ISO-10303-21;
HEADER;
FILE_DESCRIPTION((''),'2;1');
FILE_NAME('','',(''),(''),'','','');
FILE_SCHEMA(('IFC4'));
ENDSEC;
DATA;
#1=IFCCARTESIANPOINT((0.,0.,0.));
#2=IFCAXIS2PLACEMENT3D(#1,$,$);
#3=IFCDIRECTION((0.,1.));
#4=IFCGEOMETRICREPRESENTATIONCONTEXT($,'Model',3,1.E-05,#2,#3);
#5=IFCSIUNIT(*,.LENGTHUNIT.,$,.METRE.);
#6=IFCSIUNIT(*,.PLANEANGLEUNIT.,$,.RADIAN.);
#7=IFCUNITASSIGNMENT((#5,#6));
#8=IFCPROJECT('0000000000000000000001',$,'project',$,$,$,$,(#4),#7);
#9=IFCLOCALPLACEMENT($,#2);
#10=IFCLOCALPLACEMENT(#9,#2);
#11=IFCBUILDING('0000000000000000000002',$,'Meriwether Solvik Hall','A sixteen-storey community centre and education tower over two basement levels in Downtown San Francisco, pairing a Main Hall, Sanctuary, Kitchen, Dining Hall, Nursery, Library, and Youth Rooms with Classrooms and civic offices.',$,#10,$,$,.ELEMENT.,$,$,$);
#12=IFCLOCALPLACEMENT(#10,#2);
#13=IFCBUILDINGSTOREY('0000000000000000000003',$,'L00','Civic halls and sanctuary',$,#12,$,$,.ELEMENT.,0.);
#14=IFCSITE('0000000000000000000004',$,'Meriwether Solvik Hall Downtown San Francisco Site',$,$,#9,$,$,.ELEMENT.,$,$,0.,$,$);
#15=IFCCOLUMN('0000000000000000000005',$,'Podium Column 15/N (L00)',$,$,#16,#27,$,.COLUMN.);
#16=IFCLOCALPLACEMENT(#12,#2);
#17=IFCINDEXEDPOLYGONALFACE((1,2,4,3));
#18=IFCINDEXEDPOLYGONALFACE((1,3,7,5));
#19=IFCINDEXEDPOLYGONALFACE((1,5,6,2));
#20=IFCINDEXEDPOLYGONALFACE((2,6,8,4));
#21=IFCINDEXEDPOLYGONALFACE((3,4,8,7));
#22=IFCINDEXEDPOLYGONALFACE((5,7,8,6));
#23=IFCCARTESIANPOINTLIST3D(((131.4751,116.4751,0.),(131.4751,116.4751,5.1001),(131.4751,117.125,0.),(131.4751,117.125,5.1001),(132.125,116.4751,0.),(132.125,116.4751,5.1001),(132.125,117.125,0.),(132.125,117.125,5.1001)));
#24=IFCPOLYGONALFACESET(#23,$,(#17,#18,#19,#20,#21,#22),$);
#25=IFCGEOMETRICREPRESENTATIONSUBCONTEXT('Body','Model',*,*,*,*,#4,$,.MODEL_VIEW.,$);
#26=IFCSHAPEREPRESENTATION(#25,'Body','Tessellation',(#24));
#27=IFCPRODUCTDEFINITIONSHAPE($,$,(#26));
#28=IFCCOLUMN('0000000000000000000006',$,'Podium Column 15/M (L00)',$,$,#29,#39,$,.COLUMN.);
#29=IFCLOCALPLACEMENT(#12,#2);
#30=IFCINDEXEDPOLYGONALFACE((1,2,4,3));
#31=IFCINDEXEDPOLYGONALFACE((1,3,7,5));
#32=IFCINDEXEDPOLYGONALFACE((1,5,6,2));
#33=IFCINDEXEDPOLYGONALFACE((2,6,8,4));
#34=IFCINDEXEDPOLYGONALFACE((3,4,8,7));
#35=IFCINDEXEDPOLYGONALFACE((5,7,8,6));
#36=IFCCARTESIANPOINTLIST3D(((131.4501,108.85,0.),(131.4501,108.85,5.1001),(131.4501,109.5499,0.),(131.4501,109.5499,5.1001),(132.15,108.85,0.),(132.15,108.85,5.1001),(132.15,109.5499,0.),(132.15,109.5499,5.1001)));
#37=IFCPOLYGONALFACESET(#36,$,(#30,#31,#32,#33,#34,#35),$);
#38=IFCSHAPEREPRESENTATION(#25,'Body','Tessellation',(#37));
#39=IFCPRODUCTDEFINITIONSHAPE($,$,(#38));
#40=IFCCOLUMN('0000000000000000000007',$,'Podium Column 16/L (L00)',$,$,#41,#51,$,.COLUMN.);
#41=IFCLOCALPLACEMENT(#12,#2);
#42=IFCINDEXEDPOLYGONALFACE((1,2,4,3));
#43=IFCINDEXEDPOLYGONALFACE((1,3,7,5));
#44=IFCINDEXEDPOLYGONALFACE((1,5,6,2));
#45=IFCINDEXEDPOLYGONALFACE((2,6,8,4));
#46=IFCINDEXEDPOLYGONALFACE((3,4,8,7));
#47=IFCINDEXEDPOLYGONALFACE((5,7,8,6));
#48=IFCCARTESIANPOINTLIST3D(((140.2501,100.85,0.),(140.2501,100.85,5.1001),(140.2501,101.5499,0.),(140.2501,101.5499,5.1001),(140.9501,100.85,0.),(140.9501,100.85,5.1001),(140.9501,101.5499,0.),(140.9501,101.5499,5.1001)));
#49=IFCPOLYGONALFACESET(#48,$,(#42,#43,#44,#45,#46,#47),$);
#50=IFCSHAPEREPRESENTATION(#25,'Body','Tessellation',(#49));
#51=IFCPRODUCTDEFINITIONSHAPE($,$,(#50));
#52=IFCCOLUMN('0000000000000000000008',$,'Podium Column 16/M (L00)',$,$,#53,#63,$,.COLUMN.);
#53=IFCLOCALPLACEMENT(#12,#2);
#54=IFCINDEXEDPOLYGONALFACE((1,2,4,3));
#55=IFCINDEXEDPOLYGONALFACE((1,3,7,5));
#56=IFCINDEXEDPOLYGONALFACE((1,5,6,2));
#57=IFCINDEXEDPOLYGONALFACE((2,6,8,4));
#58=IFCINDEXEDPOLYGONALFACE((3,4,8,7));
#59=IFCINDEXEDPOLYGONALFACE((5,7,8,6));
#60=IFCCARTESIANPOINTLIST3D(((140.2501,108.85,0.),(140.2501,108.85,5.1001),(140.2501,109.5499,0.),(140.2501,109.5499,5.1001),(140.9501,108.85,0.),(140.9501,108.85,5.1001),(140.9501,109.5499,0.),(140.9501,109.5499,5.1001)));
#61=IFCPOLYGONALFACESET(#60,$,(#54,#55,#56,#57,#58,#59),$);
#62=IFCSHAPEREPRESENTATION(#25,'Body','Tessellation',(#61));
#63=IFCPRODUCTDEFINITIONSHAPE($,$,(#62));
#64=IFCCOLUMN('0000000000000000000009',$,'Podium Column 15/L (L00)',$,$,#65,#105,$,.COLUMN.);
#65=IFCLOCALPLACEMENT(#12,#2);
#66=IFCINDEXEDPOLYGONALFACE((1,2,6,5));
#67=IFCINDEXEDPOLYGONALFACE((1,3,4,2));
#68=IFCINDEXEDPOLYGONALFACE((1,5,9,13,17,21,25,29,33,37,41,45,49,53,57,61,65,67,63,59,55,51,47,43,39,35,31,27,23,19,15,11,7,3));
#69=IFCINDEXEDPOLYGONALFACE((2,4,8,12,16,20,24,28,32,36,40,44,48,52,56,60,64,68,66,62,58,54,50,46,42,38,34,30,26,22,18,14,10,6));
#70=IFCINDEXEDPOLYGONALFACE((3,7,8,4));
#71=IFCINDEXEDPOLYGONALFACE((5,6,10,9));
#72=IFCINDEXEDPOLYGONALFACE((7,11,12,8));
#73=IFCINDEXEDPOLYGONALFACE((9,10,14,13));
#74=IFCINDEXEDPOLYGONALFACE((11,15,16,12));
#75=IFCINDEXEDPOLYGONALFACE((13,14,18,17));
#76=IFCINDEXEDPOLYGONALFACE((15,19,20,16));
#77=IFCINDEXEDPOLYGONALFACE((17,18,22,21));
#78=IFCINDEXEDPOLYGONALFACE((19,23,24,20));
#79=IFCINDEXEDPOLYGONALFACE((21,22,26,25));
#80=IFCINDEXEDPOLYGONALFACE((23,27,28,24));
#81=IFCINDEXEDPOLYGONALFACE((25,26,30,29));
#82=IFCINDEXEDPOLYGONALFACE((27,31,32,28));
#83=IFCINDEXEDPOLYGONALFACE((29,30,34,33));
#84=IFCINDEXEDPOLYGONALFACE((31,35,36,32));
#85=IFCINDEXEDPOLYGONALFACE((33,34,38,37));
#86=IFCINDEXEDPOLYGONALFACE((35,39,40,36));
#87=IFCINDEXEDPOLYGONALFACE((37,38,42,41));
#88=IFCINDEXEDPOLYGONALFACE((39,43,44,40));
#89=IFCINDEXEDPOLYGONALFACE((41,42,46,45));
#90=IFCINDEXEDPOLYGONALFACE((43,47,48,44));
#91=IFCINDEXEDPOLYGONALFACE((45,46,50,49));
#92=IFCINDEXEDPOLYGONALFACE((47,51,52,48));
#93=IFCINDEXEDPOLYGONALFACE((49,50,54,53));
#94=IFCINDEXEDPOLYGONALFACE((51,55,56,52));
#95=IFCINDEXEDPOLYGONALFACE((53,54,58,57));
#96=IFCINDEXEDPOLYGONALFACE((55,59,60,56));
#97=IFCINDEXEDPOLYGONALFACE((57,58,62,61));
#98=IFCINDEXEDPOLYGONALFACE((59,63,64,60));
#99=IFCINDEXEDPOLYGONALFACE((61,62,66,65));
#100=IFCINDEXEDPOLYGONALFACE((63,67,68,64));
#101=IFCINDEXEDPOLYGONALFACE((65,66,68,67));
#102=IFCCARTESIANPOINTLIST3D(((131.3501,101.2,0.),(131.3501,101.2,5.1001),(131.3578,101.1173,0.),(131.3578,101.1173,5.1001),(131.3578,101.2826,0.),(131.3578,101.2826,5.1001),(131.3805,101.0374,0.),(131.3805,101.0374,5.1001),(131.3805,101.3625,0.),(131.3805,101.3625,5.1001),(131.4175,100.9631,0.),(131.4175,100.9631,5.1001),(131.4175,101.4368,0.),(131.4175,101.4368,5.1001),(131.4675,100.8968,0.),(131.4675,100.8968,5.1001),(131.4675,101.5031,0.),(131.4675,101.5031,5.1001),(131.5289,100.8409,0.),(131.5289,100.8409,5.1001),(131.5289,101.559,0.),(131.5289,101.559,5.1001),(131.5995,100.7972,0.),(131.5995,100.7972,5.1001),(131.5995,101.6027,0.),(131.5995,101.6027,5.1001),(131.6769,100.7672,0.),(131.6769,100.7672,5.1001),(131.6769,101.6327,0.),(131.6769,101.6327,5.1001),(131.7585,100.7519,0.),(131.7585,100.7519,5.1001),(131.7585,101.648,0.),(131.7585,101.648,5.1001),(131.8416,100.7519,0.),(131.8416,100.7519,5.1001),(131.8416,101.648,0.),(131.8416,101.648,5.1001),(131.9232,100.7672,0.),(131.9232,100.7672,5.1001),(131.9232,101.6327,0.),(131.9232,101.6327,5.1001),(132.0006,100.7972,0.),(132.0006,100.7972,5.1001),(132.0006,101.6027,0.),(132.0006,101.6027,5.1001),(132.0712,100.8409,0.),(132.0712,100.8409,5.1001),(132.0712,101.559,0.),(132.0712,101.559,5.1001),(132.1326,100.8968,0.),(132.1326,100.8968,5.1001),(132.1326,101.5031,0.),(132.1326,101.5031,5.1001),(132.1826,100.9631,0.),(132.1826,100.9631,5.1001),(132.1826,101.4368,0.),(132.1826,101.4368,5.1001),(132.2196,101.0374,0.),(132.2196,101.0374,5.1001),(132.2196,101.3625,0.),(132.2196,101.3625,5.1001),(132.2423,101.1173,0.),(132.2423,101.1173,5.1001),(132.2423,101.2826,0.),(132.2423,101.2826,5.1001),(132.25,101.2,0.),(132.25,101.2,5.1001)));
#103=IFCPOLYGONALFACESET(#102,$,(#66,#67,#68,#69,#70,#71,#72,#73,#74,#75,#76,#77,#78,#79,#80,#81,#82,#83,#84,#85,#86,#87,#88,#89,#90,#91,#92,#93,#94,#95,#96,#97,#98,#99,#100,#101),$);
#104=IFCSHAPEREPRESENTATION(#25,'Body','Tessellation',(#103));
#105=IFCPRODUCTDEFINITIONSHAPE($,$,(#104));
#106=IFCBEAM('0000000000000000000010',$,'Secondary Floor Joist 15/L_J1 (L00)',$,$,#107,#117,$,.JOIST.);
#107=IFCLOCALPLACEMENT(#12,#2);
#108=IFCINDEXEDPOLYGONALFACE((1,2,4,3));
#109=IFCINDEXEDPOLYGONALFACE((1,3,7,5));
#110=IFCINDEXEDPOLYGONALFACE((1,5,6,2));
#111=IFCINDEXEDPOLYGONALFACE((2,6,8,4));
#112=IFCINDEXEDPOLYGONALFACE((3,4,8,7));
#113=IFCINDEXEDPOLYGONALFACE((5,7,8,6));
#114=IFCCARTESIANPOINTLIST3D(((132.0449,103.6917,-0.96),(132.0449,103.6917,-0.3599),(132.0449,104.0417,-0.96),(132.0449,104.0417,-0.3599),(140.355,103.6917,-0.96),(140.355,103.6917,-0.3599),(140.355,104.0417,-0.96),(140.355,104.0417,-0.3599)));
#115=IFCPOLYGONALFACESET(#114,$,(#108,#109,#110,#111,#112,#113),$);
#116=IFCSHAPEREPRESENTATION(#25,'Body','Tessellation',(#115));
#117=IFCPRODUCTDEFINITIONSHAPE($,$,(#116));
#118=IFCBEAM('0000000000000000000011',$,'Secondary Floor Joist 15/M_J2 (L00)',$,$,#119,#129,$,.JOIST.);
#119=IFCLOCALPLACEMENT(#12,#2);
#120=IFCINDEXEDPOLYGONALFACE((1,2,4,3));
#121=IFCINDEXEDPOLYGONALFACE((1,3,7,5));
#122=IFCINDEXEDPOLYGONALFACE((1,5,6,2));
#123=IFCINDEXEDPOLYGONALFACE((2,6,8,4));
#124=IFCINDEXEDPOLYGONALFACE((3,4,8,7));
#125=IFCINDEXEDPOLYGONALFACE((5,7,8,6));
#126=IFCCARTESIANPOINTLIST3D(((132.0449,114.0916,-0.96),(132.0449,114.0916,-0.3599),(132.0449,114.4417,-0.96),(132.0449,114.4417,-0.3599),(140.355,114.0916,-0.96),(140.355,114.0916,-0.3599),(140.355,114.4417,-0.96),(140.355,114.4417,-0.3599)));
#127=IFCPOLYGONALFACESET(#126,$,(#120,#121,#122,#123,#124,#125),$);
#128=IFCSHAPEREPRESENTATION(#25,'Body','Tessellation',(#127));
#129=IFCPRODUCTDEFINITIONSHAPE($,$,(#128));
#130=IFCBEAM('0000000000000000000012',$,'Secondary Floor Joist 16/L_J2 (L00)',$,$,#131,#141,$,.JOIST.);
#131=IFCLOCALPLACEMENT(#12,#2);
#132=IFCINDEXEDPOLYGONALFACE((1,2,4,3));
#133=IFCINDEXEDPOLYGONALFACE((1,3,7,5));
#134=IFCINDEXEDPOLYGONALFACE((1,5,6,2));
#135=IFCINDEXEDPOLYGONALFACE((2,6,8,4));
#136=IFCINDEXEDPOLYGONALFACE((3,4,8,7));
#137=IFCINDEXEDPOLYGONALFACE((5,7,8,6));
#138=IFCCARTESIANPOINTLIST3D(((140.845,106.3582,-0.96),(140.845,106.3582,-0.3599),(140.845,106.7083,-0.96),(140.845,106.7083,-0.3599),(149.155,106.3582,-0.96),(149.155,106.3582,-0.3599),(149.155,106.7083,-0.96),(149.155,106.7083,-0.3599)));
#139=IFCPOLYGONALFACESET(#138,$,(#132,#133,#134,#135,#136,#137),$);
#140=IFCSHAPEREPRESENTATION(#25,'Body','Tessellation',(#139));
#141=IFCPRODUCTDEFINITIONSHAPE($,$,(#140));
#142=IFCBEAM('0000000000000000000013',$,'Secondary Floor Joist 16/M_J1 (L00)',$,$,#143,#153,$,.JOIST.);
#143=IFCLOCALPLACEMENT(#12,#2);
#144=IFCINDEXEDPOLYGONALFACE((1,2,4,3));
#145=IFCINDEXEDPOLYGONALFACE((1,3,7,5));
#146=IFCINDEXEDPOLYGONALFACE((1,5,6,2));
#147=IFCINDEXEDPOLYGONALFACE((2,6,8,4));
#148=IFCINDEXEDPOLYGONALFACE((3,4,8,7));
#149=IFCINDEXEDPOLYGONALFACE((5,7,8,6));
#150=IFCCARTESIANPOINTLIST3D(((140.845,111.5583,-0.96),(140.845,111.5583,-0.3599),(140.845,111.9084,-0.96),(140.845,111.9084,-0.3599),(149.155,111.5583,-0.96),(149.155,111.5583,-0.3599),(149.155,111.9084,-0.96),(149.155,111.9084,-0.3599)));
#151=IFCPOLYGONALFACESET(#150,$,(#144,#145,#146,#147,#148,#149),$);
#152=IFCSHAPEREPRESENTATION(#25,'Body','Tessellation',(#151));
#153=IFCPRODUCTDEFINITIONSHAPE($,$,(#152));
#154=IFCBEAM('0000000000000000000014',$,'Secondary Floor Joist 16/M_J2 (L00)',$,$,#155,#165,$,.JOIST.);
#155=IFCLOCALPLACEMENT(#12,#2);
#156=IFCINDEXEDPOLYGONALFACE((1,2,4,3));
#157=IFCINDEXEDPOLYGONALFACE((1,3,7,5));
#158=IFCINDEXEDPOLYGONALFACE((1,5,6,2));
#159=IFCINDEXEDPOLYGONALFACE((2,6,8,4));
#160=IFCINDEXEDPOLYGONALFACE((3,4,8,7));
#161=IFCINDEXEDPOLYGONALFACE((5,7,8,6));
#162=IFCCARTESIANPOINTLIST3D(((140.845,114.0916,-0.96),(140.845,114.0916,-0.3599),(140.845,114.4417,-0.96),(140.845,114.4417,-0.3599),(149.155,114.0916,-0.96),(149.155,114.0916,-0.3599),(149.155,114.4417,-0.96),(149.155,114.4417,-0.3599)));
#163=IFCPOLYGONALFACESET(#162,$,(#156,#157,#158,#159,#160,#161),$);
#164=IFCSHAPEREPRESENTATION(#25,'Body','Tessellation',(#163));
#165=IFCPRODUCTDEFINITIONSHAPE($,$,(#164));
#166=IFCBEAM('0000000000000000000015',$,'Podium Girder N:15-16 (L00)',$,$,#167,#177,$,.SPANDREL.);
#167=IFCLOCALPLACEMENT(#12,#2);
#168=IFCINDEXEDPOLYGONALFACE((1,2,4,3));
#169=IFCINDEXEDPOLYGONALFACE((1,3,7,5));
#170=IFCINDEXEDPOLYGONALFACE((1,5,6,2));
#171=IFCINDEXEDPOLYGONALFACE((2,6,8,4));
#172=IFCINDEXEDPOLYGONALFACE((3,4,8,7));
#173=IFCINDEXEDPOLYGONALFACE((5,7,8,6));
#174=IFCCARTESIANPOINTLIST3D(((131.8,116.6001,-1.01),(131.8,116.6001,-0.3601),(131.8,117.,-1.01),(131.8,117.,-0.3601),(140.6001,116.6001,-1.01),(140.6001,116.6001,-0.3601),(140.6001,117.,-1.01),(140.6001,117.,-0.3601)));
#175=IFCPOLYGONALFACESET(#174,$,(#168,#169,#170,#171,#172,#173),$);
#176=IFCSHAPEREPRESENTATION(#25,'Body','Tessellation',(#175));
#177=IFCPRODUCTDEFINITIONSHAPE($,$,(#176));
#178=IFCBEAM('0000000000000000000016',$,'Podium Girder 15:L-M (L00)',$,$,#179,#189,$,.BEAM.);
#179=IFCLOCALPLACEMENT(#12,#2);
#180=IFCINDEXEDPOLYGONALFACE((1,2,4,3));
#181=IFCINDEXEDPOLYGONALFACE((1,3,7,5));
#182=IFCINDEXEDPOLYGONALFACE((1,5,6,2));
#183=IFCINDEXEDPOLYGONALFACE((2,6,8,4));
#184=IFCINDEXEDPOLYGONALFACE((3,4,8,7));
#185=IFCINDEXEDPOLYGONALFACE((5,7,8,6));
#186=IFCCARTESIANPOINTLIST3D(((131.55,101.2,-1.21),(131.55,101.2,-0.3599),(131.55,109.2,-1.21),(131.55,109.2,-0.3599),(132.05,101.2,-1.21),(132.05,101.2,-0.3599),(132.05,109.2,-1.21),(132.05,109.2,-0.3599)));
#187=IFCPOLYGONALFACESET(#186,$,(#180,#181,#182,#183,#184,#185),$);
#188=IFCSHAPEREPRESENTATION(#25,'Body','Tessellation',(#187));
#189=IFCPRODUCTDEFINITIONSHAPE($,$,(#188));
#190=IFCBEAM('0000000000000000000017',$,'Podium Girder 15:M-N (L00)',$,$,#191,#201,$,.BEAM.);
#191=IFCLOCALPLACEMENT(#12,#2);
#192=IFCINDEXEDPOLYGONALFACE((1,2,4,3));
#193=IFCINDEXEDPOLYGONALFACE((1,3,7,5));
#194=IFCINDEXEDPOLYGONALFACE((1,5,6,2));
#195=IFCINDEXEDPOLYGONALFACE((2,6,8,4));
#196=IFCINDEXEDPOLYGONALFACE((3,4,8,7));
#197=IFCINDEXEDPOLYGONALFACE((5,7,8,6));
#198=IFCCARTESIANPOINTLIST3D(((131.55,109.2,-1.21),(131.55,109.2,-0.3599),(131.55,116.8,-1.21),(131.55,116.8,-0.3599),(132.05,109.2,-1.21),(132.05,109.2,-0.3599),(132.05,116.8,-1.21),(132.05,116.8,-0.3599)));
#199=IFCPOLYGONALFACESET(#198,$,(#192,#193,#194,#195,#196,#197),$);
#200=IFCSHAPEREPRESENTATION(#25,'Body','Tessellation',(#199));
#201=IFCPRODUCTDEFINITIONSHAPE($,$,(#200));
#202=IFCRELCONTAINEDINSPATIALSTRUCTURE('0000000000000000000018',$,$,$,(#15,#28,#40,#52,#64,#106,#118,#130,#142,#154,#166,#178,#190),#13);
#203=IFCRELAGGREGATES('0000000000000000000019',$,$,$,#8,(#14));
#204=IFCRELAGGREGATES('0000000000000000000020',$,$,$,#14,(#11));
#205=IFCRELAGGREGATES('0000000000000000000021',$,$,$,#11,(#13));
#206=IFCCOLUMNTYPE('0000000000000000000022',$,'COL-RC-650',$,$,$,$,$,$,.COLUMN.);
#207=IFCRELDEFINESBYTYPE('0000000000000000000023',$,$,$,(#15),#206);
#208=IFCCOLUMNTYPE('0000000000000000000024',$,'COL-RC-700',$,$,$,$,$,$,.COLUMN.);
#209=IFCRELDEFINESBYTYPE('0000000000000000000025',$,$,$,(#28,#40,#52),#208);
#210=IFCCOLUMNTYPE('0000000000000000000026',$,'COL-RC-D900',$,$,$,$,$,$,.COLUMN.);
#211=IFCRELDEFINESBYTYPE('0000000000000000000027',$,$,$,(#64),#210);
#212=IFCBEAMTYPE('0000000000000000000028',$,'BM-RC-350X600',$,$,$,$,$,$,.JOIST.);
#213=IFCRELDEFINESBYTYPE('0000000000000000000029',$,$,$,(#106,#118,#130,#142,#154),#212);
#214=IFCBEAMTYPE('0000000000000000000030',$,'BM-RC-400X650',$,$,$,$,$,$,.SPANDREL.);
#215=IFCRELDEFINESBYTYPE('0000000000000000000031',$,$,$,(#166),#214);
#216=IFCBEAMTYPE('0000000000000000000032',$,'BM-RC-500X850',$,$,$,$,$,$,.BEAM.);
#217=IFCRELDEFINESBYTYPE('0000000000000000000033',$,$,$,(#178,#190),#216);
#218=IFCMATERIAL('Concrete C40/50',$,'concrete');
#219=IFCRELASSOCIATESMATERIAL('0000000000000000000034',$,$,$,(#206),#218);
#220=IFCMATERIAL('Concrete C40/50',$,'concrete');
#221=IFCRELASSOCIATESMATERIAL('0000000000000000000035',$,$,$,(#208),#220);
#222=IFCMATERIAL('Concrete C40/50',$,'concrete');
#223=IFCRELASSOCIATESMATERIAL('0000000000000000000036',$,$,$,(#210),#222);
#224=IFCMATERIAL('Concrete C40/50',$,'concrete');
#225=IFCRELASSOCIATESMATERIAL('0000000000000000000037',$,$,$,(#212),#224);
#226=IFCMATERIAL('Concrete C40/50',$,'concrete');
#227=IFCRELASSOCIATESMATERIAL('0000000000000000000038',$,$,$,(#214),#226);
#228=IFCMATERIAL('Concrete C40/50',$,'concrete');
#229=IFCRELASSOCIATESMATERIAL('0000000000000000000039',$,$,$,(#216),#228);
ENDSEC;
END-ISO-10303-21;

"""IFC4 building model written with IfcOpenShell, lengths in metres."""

from ifc_helpers import new_model, si_unit, direction, frame, origin, origin_2d, place, context, subcontext, project, spatial, rectangle, circle, extrude, material, material_profile, profile_set, type_object, element, save


model = new_model("IFC4")

# Units and contexts
model_context = context("Model", 3, precision=1e-05, world=origin(), true_north=direction((0.0, 1.0)))
body_context = subcontext(model_context, "Body", "Model", "MODEL_VIEW")
ifc_project = project(units=[si_unit("LENGTHUNIT", "METRE"), si_unit("PLANEANGLEUNIT", "RADIAN")], contexts=[model_context])

# Site, building, storey
site_placement = place(None, origin())
site = spatial("IfcSite", under=ifc_project, at=site_placement, Name="Meriwether Solvik Hall Downtown San Francisco Site", CompositionType="ELEMENT", RefElevation=0.0)
building_placement = place(site_placement, origin())
building = spatial("IfcBuilding", under=site, at=building_placement, Name="Meriwether Solvik Hall", Description="A sixteen-storey community centre and education tower over two basement levels in Downtown San Francisco, pairing a Main Hall, Sanctuary, Kitchen, Dining Hall, Nursery, Library, and Youth Rooms with Classrooms and civic offices.", CompositionType="ELEMENT")
storey_placement = place(building_placement, origin())
storey = spatial("IfcBuildingStorey", under=building, at=storey_placement, Name="L00", Description="Civic halls and sanctuary", CompositionType="ELEMENT", Elevation=0.0)

# Columns
ifc_material_1 = material(Name="Concrete C40/50", Category="concrete")
ifc_material_profile_1 = material_profile(ifc_material_1, rectangle(XDim=0.6499, YDim=0.6499, at=origin_2d()), Name="RCC-650X650")
ifc_profile_set_1 = profile_set([ifc_material_profile_1], Name="Concrete C40/50")
column_type_1 = type_object("IfcColumnType", Name="COL-RC-650", PredefinedType="COLUMN", material=ifc_profile_set_1)
column_1_placement = place(storey_placement, frame((131.8, 116.8, 0.0), z_axis=(0.0, 0.0, 1.0), x_axis=(1.0, 0.0, 0.0)))
element("IfcColumn", 1, at=column_1_placement, inside=storey, type_object=column_type_1, Name="Podium Column 15/N (L00)", PredefinedType="COLUMN", context=body_context, shape_type="SweptSolid", body=[
    extrude(rectangle(XDim=0.6499, YDim=0.6499, at=origin_2d()), origin(), (0.0, 0.0, 1.0), 5.1001),
])
ifc_material_2 = material(Name="Concrete C40/50", Category="concrete")
ifc_material_profile_2 = material_profile(ifc_material_2, rectangle(XDim=0.7, YDim=0.7, at=origin_2d()), Name="RCC-700X700")
ifc_profile_set_2 = profile_set([ifc_material_profile_2], Name="Concrete C40/50")
column_type_2 = type_object("IfcColumnType", Name="COL-RC-700", PredefinedType="COLUMN", material=ifc_profile_set_2)
for number, where, z_axis, x_axis, name in (
    (2, (131.8, 109.2, 0.0), (0.0, 0.0, 1.0), (1.0, 0.0, 0.0), "Podium Column 15/M (L00)"),
    (3, (140.6001, 101.2, 0.0), (0.0, 0.0, 1.0), (1.0, 0.0, 0.0), "Podium Column 16/L (L00)"),
    (4, (140.6001, 109.2, 0.0), (0.0, 0.0, 1.0), (1.0, 0.0, 0.0), "Podium Column 16/M (L00)"),
):
    element("IfcColumn", number, at=place(storey_placement, frame(where, z_axis=z_axis, x_axis=x_axis)), inside=storey, type_object=column_type_2, Name=name, PredefinedType="COLUMN", context=body_context, shape_type="SweptSolid", body=[
        extrude(rectangle(XDim=0.7, YDim=0.7, at=origin_2d()), origin(), (0.0, 0.0, 1.0), 5.1001),
    ])
ifc_material_3 = material(Name="Concrete C40/50", Category="concrete")
ifc_material_profile_3 = material_profile(ifc_material_3, circle(Radius=0.45, at=origin_2d()), Name="RCC-D900")
ifc_profile_set_3 = profile_set([ifc_material_profile_3], Name="Concrete C40/50")
column_type_3 = type_object("IfcColumnType", Name="COL-RC-D900", PredefinedType="COLUMN", material=ifc_profile_set_3)
column_2_placement = place(storey_placement, frame((131.8, 101.2, 0.0), z_axis=(0.0, 0.0, 1.0), x_axis=(1.0, 0.0, 0.0)))
element("IfcColumn", 5, at=column_2_placement, inside=storey, type_object=column_type_3, Name="Podium Column 15/L (L00)", PredefinedType="COLUMN", context=body_context, shape_type="SweptSolid", body=[
    extrude(circle(Radius=0.45, at=origin_2d()), origin(), (0.0, 0.0, 1.0), 5.1001),
])

# Beams
ifc_material_4 = material(Name="Concrete C40/50", Category="concrete")
ifc_material_profile_4 = material_profile(ifc_material_4, rectangle(XDim=0.3501, YDim=0.6001, at=origin_2d()), Name="RCB-350X600")
ifc_profile_set_4 = profile_set([ifc_material_profile_4], Name="Concrete C40/50")
beam_type_1 = type_object("IfcBeamType", Name="BM-RC-350X600", PredefinedType="JOIST", material=ifc_profile_set_4)
for number, where, z_axis, x_axis, name in (
    (6, (132.0449, 103.8667, -0.6599), (1.0, 0.0, 0.0), (0.0, 1.0, 0.0), "Secondary Floor Joist 15/L_J1 (L00)"),
    (7, (132.0449, 114.2666, -0.6599), (1.0, 0.0, 0.0), (0.0, 1.0, 0.0), "Secondary Floor Joist 15/M_J2 (L00)"),
    (8, (140.845, 106.5332, -0.6599), (1.0, 0.0, 0.0), (0.0, 1.0, 0.0), "Secondary Floor Joist 16/L_J2 (L00)"),
    (9, (140.845, 111.7334, -0.6599), (1.0, 0.0, 0.0), (0.0, 1.0, 0.0), "Secondary Floor Joist 16/M_J1 (L00)"),
    (10, (140.845, 114.2666, -0.6599), (1.0, 0.0, 0.0), (0.0, 1.0, 0.0), "Secondary Floor Joist 16/M_J2 (L00)"),
):
    element("IfcBeam", number, at=place(storey_placement, frame(where, z_axis=z_axis, x_axis=x_axis)), inside=storey, type_object=beam_type_1, Name=name, PredefinedType="JOIST", context=body_context, shape_type="SweptSolid", body=[
        extrude(rectangle(XDim=0.3501, YDim=0.6001, at=origin_2d()), origin(), (0.0, 0.0, 1.0), 8.3101),
    ])
ifc_material_5 = material(Name="Concrete C40/50", Category="concrete")
ifc_material_profile_5 = material_profile(ifc_material_5, rectangle(XDim=0.3999, YDim=0.6499, at=origin_2d()), Name="RCB-400X650")
ifc_profile_set_5 = profile_set([ifc_material_profile_5], Name="Concrete C40/50")
beam_type_2 = type_object("IfcBeamType", Name="BM-RC-400X650", PredefinedType="SPANDREL", material=ifc_profile_set_5)
beam_1_placement = place(storey_placement, frame((131.8, 116.8, -0.6851), z_axis=(1.0, 0.0, 0.0), x_axis=(0.0, 1.0, 0.0)))
element("IfcBeam", 11, at=beam_1_placement, inside=storey, type_object=beam_type_2, Name="Podium Girder N:15-16 (L00)", PredefinedType="SPANDREL", context=body_context, shape_type="SweptSolid", body=[
    extrude(rectangle(XDim=0.3999, YDim=0.6499, at=origin_2d()), origin(), (0.0, 0.0, 1.0), 8.8),
])
ifc_material_6 = material(Name="Concrete C40/50", Category="concrete")
ifc_material_profile_6 = material_profile(ifc_material_6, rectangle(XDim=0.5, YDim=0.8501, at=origin_2d()), Name="RCB-500X850")
ifc_profile_set_6 = profile_set([ifc_material_profile_6], Name="Concrete C40/50")
beam_type_3 = type_object("IfcBeamType", Name="BM-RC-500X850", PredefinedType="BEAM", material=ifc_profile_set_6)
beam_2_placement = place(storey_placement, frame((131.8, 101.2, -0.7849), z_axis=(0.0, 1.0, 0.0), x_axis=(-1.0, 0.0, 0.0)))
element("IfcBeam", 12, at=beam_2_placement, inside=storey, type_object=beam_type_3, Name="Podium Girder 15:L-M (L00)", PredefinedType="BEAM", context=body_context, shape_type="SweptSolid", body=[
    extrude(rectangle(XDim=0.5, YDim=0.8501, at=origin_2d()), origin(), (0.0, 0.0, 1.0), 8.0),
])
beam_3_placement = place(storey_placement, frame((131.8, 109.2, -0.7849), z_axis=(0.0, 1.0, 0.0), x_axis=(-1.0, 0.0, 0.0)))
element("IfcBeam", 13, at=beam_3_placement, inside=storey, type_object=beam_type_3, Name="Podium Girder 15:M-N (L00)", PredefinedType="BEAM", context=body_context, shape_type="SweptSolid", body=[
    extrude(rectangle(XDim=0.5, YDim=0.8501, at=origin_2d()), origin(), (0.0, 0.0, 1.0), 7.6001),
])

save(model, "model.ifc")
